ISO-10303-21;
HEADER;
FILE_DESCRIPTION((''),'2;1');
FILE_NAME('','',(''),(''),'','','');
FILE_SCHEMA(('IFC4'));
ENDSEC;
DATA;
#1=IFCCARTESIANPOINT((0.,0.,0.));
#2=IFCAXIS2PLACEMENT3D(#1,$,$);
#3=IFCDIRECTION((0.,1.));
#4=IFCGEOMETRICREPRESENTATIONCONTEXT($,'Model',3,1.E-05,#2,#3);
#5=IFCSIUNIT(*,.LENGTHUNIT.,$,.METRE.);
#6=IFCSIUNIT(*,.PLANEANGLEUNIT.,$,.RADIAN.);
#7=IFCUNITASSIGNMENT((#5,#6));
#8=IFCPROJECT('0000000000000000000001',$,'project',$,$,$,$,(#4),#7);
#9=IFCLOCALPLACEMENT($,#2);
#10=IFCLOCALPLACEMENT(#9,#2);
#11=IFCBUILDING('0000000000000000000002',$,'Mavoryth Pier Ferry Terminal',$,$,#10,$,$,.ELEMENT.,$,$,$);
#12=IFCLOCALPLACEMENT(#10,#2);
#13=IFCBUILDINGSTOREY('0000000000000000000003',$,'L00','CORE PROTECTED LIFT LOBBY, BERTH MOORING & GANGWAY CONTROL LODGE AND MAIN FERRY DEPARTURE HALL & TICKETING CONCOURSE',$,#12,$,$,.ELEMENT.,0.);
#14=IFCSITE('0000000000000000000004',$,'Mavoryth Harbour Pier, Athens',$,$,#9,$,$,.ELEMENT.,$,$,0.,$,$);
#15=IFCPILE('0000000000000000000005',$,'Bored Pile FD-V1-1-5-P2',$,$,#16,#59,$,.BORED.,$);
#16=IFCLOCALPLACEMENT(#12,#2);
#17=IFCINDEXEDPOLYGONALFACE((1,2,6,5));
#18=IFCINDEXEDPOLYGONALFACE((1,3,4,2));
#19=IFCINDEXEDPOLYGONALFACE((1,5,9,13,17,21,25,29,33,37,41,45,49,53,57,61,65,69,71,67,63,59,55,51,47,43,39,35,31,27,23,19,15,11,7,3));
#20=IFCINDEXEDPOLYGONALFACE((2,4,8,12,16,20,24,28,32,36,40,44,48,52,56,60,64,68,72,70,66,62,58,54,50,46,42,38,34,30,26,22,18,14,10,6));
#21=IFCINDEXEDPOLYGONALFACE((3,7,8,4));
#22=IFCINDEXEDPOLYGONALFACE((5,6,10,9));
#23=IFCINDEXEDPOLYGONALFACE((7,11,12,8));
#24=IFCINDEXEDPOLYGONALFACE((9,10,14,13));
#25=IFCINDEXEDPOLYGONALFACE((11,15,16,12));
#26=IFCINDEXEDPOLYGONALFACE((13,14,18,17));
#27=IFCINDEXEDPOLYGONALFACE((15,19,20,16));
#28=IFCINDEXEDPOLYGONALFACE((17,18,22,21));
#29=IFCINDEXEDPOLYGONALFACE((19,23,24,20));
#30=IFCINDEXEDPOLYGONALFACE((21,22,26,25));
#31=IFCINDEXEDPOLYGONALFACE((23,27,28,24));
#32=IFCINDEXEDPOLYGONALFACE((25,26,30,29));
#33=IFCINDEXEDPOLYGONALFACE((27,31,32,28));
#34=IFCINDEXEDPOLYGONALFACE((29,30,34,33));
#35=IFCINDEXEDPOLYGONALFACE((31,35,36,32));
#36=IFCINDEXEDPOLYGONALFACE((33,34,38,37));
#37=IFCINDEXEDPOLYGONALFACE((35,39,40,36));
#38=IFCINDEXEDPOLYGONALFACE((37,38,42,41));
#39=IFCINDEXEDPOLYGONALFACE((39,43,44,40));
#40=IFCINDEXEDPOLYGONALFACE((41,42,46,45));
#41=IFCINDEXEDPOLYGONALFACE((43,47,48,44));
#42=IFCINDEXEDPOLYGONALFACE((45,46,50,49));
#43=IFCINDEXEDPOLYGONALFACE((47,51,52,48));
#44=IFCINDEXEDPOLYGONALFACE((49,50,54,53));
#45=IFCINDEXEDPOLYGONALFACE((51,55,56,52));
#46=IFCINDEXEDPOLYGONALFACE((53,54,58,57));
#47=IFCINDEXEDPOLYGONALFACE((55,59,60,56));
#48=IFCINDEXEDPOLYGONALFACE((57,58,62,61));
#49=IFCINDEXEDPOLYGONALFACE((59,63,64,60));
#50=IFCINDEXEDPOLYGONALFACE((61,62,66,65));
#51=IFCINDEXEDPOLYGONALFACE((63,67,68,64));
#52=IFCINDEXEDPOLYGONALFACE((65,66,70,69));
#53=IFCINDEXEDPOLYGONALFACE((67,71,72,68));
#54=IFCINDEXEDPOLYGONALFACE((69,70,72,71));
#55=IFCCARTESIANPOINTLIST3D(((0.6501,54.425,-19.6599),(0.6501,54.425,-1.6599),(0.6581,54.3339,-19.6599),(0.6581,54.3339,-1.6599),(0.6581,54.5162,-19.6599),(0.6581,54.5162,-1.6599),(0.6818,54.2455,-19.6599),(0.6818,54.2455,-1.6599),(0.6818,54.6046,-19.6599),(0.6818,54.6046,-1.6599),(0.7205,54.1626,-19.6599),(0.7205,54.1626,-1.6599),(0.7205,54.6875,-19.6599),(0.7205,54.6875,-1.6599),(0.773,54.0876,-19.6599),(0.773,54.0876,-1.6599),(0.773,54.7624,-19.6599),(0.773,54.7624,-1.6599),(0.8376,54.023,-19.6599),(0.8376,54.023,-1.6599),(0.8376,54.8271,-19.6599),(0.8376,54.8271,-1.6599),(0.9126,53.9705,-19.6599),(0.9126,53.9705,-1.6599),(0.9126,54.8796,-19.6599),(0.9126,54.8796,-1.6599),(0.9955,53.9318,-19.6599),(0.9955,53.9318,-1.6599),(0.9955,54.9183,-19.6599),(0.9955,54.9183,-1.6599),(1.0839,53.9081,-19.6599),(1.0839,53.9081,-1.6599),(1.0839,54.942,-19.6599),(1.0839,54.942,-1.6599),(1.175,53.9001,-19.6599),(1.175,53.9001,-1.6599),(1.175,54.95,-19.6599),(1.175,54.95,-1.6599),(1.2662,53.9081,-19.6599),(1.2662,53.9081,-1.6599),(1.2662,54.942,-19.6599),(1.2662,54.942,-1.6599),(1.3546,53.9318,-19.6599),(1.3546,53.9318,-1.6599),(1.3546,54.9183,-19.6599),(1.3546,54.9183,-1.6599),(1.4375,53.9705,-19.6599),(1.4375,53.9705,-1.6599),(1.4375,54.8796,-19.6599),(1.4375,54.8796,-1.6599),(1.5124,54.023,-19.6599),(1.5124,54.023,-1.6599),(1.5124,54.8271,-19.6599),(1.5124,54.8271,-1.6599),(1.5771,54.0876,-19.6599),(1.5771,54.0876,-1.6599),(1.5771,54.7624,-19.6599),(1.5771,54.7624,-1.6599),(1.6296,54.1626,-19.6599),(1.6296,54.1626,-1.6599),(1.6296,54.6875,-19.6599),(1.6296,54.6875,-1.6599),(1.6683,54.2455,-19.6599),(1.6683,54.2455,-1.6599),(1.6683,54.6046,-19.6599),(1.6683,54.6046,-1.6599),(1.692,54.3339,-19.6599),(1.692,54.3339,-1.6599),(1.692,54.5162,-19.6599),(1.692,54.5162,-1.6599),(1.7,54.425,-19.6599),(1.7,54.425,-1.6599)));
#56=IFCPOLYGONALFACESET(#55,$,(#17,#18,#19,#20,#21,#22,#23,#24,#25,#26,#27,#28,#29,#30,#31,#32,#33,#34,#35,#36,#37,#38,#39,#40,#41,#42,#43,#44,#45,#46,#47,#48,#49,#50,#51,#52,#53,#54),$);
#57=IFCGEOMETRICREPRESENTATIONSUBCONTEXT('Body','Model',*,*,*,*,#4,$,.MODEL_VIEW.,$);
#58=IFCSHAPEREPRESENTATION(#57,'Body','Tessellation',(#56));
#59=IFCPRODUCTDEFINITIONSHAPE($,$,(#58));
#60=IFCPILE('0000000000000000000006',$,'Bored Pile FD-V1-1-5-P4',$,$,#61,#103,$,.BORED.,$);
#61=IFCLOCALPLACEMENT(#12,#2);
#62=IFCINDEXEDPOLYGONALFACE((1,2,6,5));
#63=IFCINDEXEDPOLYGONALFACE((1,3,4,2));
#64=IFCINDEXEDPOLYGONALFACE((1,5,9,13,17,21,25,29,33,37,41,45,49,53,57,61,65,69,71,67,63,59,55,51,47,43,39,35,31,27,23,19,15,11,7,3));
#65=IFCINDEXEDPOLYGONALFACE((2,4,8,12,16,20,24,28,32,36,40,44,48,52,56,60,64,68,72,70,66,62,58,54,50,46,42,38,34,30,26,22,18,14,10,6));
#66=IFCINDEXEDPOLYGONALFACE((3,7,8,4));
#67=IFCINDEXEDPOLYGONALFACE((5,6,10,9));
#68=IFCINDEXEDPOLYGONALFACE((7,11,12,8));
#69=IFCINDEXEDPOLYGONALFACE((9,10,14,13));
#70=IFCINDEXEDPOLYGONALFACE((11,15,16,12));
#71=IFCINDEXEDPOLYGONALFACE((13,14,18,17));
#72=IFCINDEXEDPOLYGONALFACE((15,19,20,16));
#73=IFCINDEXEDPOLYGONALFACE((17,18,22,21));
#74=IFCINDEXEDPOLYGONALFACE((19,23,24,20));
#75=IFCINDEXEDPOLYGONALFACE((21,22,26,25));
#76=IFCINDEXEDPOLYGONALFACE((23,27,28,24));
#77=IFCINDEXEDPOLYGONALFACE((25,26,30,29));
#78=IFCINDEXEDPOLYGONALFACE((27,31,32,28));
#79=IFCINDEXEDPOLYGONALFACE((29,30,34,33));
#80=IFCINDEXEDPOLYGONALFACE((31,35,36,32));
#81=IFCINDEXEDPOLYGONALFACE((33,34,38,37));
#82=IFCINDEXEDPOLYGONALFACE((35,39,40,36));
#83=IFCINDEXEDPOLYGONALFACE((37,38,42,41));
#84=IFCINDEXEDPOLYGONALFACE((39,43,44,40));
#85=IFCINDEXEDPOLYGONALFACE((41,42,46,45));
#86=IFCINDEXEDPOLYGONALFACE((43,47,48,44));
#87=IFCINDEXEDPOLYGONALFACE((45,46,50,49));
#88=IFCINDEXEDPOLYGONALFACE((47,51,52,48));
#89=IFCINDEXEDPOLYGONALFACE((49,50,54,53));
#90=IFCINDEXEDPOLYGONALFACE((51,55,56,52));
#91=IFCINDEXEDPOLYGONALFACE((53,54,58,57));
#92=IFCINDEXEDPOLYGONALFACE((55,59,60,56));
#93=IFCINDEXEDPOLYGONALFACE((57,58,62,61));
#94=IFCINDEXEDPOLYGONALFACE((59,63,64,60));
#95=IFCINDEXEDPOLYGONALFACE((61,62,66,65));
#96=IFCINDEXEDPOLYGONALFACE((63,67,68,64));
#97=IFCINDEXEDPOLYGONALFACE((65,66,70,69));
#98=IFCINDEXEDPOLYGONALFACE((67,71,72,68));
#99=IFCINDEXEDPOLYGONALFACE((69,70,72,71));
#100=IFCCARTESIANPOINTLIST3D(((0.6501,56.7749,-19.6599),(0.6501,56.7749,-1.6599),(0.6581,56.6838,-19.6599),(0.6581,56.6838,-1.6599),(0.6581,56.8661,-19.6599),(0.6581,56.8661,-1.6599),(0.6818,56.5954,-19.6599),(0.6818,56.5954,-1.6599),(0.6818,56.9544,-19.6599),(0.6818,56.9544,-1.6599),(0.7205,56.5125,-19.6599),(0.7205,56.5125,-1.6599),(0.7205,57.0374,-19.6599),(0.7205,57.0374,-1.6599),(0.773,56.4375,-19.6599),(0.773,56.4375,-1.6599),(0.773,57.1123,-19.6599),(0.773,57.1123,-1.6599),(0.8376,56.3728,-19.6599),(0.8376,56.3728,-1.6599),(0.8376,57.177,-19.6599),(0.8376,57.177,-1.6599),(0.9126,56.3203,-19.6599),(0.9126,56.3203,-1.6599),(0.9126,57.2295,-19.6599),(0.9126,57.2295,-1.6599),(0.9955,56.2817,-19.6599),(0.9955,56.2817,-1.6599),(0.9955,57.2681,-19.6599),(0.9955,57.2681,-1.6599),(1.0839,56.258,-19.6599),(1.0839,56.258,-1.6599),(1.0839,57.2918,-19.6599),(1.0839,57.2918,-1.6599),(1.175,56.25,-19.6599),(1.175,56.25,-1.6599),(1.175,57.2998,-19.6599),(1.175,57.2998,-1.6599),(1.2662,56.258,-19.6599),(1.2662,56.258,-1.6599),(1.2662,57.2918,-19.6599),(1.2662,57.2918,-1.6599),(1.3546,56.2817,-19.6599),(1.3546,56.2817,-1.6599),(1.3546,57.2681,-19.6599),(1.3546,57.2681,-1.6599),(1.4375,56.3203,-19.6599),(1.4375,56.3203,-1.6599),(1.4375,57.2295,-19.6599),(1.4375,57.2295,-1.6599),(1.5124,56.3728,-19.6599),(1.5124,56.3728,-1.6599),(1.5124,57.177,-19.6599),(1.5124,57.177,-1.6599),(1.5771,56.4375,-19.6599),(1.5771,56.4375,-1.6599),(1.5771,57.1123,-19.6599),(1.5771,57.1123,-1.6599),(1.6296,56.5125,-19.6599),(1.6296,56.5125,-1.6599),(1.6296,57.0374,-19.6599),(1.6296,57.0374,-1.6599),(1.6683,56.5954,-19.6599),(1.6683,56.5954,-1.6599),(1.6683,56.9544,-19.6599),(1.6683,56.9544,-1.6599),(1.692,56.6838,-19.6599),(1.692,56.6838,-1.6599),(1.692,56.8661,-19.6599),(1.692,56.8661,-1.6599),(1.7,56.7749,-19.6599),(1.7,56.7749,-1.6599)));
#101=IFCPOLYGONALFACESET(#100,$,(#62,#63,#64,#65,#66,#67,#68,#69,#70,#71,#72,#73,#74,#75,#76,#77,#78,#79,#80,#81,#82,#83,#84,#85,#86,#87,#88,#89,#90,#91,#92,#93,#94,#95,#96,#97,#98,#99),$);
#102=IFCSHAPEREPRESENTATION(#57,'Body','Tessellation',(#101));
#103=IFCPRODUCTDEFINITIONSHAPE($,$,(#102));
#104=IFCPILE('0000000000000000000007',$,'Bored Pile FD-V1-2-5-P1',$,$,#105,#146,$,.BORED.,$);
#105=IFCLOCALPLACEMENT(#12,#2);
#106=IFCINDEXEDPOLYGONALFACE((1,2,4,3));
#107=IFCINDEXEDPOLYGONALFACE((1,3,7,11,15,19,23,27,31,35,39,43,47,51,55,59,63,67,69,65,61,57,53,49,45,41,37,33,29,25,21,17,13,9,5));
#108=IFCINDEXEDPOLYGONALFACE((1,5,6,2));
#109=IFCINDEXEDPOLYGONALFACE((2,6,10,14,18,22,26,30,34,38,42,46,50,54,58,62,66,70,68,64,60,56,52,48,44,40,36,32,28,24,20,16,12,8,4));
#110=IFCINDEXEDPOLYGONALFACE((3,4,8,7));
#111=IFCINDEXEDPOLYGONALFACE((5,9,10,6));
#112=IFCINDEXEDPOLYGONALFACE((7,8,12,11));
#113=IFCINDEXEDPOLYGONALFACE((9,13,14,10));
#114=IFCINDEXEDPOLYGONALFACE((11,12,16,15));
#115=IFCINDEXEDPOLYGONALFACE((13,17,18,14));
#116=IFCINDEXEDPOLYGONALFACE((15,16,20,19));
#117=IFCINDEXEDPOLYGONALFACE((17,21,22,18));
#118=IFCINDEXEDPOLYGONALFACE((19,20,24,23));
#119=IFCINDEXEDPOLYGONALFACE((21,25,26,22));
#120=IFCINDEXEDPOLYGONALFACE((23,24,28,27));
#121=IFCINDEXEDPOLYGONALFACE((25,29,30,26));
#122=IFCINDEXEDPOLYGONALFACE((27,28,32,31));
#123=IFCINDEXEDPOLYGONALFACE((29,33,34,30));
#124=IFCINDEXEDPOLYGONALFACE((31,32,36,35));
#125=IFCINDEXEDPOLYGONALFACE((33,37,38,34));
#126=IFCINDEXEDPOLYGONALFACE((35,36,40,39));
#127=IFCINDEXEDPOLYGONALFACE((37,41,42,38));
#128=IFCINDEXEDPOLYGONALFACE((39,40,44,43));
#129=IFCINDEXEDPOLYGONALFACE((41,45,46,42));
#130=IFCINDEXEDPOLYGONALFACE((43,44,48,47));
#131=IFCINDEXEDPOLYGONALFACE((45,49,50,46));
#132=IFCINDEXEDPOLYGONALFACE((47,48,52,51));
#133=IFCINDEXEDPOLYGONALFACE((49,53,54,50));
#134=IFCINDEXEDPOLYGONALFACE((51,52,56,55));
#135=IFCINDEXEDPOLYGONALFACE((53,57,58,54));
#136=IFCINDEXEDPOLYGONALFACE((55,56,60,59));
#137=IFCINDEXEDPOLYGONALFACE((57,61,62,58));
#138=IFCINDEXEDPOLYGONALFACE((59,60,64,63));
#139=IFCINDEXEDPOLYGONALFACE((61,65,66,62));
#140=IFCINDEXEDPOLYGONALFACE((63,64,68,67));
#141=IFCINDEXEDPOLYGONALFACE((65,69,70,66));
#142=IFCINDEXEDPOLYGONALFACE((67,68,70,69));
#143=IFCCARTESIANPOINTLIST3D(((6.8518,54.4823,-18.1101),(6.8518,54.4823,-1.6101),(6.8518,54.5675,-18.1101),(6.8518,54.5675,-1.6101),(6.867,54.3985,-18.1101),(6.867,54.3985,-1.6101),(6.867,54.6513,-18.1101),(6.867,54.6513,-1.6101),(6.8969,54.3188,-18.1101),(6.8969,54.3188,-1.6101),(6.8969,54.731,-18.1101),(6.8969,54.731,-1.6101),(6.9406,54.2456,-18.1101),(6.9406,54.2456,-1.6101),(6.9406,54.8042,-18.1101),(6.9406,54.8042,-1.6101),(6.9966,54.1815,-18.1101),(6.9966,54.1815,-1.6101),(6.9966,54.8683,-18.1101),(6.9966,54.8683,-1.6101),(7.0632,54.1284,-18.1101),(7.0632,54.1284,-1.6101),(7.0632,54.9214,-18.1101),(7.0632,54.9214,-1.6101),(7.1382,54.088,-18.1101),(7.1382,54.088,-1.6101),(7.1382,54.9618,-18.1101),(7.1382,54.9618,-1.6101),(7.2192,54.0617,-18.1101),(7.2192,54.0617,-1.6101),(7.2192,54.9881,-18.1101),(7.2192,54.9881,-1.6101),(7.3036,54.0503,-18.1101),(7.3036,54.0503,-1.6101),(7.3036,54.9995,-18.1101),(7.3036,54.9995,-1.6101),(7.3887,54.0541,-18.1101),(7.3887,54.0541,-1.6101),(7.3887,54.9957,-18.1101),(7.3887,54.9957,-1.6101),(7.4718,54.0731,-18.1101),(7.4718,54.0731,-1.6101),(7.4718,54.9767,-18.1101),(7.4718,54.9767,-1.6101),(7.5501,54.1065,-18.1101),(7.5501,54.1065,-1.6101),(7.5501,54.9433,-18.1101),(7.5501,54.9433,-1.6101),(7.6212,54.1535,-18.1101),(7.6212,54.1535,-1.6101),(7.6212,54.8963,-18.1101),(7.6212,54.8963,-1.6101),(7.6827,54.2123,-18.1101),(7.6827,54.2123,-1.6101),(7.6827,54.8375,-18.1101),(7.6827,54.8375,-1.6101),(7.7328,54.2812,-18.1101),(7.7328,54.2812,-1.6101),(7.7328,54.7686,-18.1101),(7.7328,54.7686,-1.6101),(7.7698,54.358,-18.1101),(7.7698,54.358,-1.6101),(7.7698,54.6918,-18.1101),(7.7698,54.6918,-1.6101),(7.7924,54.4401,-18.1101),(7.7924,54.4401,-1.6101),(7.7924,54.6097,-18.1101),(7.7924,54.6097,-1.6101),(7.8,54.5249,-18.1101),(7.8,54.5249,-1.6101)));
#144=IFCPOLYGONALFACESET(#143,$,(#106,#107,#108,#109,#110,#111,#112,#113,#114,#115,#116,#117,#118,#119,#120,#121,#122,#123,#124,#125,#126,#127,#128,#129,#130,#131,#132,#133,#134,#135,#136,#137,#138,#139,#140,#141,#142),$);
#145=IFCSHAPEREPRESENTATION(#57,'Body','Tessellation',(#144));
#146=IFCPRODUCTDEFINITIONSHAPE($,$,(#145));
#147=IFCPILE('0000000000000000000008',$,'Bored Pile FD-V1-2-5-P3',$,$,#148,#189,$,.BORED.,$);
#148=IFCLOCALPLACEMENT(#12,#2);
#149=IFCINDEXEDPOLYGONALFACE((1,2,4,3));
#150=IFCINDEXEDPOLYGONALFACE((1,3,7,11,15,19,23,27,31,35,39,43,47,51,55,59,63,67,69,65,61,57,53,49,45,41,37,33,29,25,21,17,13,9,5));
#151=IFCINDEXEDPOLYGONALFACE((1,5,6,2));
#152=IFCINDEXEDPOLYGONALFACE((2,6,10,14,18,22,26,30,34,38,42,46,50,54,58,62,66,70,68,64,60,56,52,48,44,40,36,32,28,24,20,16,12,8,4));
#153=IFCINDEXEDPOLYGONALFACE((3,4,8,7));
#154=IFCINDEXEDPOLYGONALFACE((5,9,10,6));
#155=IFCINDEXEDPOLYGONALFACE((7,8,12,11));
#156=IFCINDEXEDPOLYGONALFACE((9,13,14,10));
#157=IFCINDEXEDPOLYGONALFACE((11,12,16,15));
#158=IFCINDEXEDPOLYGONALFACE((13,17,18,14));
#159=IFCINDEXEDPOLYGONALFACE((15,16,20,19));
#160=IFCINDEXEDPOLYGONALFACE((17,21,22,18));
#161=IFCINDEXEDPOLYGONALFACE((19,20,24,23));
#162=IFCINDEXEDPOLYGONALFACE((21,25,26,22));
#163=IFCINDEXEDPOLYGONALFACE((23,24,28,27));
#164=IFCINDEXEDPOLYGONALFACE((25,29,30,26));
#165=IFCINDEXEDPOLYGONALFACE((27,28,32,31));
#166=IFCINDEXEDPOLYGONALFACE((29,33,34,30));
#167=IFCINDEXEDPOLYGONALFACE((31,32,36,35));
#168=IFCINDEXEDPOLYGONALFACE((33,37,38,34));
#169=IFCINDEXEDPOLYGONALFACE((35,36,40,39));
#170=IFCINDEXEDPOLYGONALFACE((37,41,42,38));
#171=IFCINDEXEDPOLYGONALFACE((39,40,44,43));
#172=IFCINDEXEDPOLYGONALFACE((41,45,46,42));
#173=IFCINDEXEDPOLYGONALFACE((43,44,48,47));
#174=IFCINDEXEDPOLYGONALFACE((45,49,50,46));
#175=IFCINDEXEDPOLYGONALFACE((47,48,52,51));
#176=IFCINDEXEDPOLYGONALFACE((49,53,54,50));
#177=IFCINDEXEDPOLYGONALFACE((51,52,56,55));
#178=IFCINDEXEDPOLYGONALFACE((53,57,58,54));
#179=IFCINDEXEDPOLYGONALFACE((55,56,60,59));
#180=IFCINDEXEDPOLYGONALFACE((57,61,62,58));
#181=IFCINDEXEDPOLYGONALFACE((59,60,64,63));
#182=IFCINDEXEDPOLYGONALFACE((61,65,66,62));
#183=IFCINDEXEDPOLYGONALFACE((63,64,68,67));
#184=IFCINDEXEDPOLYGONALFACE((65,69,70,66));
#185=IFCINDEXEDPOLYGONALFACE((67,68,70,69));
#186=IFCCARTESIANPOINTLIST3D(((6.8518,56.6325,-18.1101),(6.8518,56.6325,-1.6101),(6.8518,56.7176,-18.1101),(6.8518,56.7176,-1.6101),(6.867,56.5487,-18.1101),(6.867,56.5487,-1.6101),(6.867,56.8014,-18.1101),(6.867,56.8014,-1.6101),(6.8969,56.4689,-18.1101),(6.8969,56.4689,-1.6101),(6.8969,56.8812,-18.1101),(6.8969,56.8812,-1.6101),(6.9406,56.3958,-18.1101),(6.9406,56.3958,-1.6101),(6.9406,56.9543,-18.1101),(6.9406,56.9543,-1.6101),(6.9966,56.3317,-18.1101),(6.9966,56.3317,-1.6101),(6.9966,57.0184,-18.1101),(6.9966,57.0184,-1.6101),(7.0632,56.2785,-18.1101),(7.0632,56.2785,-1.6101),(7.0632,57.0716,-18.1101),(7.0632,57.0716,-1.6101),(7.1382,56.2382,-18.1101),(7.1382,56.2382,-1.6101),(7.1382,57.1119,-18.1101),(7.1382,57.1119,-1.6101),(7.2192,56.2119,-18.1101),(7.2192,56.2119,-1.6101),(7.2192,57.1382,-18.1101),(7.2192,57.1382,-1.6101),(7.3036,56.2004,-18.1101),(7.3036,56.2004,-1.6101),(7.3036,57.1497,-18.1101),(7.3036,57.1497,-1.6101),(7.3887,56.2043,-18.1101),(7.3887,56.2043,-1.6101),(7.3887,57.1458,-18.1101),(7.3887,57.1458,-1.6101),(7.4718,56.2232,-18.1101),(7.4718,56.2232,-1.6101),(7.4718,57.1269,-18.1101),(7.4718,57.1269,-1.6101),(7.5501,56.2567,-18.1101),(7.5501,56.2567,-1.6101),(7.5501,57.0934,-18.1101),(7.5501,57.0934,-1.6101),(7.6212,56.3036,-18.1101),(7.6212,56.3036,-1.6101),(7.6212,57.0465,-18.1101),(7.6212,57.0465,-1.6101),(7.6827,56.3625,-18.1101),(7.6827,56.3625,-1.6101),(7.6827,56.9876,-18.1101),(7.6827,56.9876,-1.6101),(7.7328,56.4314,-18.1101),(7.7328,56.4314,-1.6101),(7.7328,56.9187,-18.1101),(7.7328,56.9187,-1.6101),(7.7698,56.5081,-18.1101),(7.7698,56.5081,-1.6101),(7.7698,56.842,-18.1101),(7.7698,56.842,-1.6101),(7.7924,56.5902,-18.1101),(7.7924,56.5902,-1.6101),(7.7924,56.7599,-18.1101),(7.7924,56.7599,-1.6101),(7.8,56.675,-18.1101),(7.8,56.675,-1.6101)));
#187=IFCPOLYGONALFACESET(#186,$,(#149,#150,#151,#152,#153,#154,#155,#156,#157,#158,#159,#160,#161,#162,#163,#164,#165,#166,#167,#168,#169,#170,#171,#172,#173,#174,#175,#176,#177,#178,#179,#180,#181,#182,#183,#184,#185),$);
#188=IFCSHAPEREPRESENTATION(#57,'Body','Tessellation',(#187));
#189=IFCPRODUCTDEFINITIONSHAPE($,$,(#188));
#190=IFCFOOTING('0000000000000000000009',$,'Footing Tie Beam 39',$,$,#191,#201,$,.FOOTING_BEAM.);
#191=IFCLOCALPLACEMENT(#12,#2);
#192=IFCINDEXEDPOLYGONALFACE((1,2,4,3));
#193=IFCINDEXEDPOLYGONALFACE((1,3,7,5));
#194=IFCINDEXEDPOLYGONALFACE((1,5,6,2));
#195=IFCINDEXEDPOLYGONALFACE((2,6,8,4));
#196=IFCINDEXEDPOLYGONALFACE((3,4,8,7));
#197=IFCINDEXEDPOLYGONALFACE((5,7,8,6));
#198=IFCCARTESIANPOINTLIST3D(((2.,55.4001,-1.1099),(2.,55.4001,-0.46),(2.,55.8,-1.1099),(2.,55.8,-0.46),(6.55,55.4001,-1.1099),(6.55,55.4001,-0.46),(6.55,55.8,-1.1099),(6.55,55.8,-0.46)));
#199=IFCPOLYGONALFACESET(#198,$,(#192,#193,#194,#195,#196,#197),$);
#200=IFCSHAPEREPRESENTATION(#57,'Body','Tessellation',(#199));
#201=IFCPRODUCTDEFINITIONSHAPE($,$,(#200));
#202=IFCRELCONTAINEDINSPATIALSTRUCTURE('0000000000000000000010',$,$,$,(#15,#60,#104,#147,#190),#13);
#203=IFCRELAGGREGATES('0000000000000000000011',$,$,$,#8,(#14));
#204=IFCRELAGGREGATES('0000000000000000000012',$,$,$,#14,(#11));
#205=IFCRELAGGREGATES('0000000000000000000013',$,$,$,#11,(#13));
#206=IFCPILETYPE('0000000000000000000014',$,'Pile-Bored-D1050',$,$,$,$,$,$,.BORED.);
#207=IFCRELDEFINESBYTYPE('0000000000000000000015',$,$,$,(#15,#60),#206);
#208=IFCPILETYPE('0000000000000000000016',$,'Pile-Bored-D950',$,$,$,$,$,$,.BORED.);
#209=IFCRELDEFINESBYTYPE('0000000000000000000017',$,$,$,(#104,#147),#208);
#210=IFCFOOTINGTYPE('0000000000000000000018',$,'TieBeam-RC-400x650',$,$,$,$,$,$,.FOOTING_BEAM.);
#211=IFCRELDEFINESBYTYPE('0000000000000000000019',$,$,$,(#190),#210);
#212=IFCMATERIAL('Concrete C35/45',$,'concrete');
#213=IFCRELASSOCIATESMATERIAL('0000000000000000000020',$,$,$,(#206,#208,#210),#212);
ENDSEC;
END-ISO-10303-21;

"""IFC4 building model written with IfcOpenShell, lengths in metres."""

from ifc_helpers import new_model, si_unit, direction, frame, origin, origin_2d, place, context, subcontext, project, spatial, rectangle, circle, extrude, material, material_profile, profile_set, type_object, element, save


model = new_model("IFC4")

# Units and contexts
model_context = context("Model", 3, precision=1e-05, world=origin(), true_north=direction((0.0, 1.0)))
body_context = subcontext(model_context, "Body", "Model", "MODEL_VIEW")
ifc_project = project(units=[si_unit("LENGTHUNIT", "METRE"), si_unit("PLANEANGLEUNIT", "RADIAN")], contexts=[model_context])

# Site, building, storey
site_placement = place(None, origin())
site = spatial("IfcSite", under=ifc_project, at=site_placement, Name="Mavoryth Harbour Pier, Athens", CompositionType="ELEMENT", RefElevation=0.0)
building_placement = place(site_placement, origin())
building = spatial("IfcBuilding", under=site, at=building_placement, Name="Mavoryth Pier Ferry Terminal", CompositionType="ELEMENT")
storey_placement = place(building_placement, origin())
storey = spatial("IfcBuildingStorey", under=building, at=storey_placement, Name="L00", Description="CORE PROTECTED LIFT LOBBY, BERTH MOORING & GANGWAY CONTROL LODGE AND MAIN FERRY DEPARTURE HALL & TICKETING CONCOURSE", CompositionType="ELEMENT", Elevation=0.0)

# Piles
ifc_material_1 = material(Name="Concrete C35/45", Category="concrete")
ifc_material_profile_1 = material_profile(ifc_material_1, circle(Radius=0.5249, at=origin_2d()), Name="PILE D1050", Category="concrete")
ifc_profile_set_1 = profile_set([ifc_material_profile_1], Name="Concrete C35/45 - PILE D1050")
pile_type_1 = type_object("IfcPileType", Name="Pile-Bored-D1050", PredefinedType="BORED", material=ifc_profile_set_1)
for number, where, z_axis, x_axis, name in (
    (1, (1.175, 54.425, -1.6599), (0.0, 0.0, -1.0), (1.0, 0.0, 0.0), "Bored Pile FD-V1-1-5-P2"),
    (2, (1.175, 56.7749, -1.6599), (0.0, 0.0, -1.0), (1.0, 0.0, 0.0), "Bored Pile FD-V1-1-5-P4"),
):
    element("IfcPile", number, at=place(storey_placement, frame(where, z_axis=z_axis, x_axis=x_axis)), inside=storey, type_object=pile_type_1, Name=name, PredefinedType="BORED", context=body_context, shape_type="SweptSolid", body=[
        extrude(circle(Radius=0.5249, at=origin_2d()), origin(), (0.0, 0.0, 1.0), 18.0),
    ])
ifc_material_profile_2 = material_profile(ifc_material_1, circle(Radius=0.4751, at=origin_2d()), Name="PILE D950", Category="concrete")
ifc_profile_set_2 = profile_set([ifc_material_profile_2], Name="Concrete C35/45 - PILE D950")
pile_type_2 = type_object("IfcPileType", Name="Pile-Bored-D950", PredefinedType="BORED", material=ifc_profile_set_2)
for number, where, z_axis, x_axis, name in (
    (3, (7.325, 54.5249, -1.6101), (0.0, 0.0, -1.0), (1.0, 0.0, 0.0), "Bored Pile FD-V1-2-5-P1"),
    (4, (7.325, 56.675, -1.6101), (0.0, 0.0, -1.0), (1.0, 0.0, 0.0), "Bored Pile FD-V1-2-5-P3"),
):
    element("IfcPile", number, at=place(storey_placement, frame(where, z_axis=z_axis, x_axis=x_axis)), inside=storey, type_object=pile_type_2, Name=name, PredefinedType="BORED", context=body_context, shape_type="SweptSolid", body=[
        extrude(circle(Radius=0.4751, at=origin_2d()), origin(), (0.0, 0.0, 1.0), 16.5),
    ])

# Footing
ifc_material_profile_3 = material_profile(ifc_material_1, rectangle(XDim=0.3999, YDim=0.6499, at=origin_2d()), Name="RC 400x650", Category="concrete")
ifc_profile_set_3 = profile_set([ifc_material_profile_3], Name="Concrete C35/45 - RC 400x650")
footing_type = type_object("IfcFootingType", Name="TieBeam-RC-400x650", PredefinedType="FOOTING_BEAM", material=ifc_profile_set_3)
footing_placement = place(storey_placement, frame((2.0, 55.6001, -0.7849), z_axis=(1.0, 0.0, 0.0), x_axis=(0.0, 1.0, 0.0)))
element("IfcFooting", 5, at=footing_placement, inside=storey, type_object=footing_type, Name="Footing Tie Beam 39", PredefinedType="FOOTING_BEAM", context=body_context, shape_type="SweptSolid", body=[
    extrude(rectangle(XDim=0.3999, YDim=0.6499, at=origin_2d()), origin(), (0.0, 0.0, 1.0), 4.55),
])

save(model, "model.ifc")
